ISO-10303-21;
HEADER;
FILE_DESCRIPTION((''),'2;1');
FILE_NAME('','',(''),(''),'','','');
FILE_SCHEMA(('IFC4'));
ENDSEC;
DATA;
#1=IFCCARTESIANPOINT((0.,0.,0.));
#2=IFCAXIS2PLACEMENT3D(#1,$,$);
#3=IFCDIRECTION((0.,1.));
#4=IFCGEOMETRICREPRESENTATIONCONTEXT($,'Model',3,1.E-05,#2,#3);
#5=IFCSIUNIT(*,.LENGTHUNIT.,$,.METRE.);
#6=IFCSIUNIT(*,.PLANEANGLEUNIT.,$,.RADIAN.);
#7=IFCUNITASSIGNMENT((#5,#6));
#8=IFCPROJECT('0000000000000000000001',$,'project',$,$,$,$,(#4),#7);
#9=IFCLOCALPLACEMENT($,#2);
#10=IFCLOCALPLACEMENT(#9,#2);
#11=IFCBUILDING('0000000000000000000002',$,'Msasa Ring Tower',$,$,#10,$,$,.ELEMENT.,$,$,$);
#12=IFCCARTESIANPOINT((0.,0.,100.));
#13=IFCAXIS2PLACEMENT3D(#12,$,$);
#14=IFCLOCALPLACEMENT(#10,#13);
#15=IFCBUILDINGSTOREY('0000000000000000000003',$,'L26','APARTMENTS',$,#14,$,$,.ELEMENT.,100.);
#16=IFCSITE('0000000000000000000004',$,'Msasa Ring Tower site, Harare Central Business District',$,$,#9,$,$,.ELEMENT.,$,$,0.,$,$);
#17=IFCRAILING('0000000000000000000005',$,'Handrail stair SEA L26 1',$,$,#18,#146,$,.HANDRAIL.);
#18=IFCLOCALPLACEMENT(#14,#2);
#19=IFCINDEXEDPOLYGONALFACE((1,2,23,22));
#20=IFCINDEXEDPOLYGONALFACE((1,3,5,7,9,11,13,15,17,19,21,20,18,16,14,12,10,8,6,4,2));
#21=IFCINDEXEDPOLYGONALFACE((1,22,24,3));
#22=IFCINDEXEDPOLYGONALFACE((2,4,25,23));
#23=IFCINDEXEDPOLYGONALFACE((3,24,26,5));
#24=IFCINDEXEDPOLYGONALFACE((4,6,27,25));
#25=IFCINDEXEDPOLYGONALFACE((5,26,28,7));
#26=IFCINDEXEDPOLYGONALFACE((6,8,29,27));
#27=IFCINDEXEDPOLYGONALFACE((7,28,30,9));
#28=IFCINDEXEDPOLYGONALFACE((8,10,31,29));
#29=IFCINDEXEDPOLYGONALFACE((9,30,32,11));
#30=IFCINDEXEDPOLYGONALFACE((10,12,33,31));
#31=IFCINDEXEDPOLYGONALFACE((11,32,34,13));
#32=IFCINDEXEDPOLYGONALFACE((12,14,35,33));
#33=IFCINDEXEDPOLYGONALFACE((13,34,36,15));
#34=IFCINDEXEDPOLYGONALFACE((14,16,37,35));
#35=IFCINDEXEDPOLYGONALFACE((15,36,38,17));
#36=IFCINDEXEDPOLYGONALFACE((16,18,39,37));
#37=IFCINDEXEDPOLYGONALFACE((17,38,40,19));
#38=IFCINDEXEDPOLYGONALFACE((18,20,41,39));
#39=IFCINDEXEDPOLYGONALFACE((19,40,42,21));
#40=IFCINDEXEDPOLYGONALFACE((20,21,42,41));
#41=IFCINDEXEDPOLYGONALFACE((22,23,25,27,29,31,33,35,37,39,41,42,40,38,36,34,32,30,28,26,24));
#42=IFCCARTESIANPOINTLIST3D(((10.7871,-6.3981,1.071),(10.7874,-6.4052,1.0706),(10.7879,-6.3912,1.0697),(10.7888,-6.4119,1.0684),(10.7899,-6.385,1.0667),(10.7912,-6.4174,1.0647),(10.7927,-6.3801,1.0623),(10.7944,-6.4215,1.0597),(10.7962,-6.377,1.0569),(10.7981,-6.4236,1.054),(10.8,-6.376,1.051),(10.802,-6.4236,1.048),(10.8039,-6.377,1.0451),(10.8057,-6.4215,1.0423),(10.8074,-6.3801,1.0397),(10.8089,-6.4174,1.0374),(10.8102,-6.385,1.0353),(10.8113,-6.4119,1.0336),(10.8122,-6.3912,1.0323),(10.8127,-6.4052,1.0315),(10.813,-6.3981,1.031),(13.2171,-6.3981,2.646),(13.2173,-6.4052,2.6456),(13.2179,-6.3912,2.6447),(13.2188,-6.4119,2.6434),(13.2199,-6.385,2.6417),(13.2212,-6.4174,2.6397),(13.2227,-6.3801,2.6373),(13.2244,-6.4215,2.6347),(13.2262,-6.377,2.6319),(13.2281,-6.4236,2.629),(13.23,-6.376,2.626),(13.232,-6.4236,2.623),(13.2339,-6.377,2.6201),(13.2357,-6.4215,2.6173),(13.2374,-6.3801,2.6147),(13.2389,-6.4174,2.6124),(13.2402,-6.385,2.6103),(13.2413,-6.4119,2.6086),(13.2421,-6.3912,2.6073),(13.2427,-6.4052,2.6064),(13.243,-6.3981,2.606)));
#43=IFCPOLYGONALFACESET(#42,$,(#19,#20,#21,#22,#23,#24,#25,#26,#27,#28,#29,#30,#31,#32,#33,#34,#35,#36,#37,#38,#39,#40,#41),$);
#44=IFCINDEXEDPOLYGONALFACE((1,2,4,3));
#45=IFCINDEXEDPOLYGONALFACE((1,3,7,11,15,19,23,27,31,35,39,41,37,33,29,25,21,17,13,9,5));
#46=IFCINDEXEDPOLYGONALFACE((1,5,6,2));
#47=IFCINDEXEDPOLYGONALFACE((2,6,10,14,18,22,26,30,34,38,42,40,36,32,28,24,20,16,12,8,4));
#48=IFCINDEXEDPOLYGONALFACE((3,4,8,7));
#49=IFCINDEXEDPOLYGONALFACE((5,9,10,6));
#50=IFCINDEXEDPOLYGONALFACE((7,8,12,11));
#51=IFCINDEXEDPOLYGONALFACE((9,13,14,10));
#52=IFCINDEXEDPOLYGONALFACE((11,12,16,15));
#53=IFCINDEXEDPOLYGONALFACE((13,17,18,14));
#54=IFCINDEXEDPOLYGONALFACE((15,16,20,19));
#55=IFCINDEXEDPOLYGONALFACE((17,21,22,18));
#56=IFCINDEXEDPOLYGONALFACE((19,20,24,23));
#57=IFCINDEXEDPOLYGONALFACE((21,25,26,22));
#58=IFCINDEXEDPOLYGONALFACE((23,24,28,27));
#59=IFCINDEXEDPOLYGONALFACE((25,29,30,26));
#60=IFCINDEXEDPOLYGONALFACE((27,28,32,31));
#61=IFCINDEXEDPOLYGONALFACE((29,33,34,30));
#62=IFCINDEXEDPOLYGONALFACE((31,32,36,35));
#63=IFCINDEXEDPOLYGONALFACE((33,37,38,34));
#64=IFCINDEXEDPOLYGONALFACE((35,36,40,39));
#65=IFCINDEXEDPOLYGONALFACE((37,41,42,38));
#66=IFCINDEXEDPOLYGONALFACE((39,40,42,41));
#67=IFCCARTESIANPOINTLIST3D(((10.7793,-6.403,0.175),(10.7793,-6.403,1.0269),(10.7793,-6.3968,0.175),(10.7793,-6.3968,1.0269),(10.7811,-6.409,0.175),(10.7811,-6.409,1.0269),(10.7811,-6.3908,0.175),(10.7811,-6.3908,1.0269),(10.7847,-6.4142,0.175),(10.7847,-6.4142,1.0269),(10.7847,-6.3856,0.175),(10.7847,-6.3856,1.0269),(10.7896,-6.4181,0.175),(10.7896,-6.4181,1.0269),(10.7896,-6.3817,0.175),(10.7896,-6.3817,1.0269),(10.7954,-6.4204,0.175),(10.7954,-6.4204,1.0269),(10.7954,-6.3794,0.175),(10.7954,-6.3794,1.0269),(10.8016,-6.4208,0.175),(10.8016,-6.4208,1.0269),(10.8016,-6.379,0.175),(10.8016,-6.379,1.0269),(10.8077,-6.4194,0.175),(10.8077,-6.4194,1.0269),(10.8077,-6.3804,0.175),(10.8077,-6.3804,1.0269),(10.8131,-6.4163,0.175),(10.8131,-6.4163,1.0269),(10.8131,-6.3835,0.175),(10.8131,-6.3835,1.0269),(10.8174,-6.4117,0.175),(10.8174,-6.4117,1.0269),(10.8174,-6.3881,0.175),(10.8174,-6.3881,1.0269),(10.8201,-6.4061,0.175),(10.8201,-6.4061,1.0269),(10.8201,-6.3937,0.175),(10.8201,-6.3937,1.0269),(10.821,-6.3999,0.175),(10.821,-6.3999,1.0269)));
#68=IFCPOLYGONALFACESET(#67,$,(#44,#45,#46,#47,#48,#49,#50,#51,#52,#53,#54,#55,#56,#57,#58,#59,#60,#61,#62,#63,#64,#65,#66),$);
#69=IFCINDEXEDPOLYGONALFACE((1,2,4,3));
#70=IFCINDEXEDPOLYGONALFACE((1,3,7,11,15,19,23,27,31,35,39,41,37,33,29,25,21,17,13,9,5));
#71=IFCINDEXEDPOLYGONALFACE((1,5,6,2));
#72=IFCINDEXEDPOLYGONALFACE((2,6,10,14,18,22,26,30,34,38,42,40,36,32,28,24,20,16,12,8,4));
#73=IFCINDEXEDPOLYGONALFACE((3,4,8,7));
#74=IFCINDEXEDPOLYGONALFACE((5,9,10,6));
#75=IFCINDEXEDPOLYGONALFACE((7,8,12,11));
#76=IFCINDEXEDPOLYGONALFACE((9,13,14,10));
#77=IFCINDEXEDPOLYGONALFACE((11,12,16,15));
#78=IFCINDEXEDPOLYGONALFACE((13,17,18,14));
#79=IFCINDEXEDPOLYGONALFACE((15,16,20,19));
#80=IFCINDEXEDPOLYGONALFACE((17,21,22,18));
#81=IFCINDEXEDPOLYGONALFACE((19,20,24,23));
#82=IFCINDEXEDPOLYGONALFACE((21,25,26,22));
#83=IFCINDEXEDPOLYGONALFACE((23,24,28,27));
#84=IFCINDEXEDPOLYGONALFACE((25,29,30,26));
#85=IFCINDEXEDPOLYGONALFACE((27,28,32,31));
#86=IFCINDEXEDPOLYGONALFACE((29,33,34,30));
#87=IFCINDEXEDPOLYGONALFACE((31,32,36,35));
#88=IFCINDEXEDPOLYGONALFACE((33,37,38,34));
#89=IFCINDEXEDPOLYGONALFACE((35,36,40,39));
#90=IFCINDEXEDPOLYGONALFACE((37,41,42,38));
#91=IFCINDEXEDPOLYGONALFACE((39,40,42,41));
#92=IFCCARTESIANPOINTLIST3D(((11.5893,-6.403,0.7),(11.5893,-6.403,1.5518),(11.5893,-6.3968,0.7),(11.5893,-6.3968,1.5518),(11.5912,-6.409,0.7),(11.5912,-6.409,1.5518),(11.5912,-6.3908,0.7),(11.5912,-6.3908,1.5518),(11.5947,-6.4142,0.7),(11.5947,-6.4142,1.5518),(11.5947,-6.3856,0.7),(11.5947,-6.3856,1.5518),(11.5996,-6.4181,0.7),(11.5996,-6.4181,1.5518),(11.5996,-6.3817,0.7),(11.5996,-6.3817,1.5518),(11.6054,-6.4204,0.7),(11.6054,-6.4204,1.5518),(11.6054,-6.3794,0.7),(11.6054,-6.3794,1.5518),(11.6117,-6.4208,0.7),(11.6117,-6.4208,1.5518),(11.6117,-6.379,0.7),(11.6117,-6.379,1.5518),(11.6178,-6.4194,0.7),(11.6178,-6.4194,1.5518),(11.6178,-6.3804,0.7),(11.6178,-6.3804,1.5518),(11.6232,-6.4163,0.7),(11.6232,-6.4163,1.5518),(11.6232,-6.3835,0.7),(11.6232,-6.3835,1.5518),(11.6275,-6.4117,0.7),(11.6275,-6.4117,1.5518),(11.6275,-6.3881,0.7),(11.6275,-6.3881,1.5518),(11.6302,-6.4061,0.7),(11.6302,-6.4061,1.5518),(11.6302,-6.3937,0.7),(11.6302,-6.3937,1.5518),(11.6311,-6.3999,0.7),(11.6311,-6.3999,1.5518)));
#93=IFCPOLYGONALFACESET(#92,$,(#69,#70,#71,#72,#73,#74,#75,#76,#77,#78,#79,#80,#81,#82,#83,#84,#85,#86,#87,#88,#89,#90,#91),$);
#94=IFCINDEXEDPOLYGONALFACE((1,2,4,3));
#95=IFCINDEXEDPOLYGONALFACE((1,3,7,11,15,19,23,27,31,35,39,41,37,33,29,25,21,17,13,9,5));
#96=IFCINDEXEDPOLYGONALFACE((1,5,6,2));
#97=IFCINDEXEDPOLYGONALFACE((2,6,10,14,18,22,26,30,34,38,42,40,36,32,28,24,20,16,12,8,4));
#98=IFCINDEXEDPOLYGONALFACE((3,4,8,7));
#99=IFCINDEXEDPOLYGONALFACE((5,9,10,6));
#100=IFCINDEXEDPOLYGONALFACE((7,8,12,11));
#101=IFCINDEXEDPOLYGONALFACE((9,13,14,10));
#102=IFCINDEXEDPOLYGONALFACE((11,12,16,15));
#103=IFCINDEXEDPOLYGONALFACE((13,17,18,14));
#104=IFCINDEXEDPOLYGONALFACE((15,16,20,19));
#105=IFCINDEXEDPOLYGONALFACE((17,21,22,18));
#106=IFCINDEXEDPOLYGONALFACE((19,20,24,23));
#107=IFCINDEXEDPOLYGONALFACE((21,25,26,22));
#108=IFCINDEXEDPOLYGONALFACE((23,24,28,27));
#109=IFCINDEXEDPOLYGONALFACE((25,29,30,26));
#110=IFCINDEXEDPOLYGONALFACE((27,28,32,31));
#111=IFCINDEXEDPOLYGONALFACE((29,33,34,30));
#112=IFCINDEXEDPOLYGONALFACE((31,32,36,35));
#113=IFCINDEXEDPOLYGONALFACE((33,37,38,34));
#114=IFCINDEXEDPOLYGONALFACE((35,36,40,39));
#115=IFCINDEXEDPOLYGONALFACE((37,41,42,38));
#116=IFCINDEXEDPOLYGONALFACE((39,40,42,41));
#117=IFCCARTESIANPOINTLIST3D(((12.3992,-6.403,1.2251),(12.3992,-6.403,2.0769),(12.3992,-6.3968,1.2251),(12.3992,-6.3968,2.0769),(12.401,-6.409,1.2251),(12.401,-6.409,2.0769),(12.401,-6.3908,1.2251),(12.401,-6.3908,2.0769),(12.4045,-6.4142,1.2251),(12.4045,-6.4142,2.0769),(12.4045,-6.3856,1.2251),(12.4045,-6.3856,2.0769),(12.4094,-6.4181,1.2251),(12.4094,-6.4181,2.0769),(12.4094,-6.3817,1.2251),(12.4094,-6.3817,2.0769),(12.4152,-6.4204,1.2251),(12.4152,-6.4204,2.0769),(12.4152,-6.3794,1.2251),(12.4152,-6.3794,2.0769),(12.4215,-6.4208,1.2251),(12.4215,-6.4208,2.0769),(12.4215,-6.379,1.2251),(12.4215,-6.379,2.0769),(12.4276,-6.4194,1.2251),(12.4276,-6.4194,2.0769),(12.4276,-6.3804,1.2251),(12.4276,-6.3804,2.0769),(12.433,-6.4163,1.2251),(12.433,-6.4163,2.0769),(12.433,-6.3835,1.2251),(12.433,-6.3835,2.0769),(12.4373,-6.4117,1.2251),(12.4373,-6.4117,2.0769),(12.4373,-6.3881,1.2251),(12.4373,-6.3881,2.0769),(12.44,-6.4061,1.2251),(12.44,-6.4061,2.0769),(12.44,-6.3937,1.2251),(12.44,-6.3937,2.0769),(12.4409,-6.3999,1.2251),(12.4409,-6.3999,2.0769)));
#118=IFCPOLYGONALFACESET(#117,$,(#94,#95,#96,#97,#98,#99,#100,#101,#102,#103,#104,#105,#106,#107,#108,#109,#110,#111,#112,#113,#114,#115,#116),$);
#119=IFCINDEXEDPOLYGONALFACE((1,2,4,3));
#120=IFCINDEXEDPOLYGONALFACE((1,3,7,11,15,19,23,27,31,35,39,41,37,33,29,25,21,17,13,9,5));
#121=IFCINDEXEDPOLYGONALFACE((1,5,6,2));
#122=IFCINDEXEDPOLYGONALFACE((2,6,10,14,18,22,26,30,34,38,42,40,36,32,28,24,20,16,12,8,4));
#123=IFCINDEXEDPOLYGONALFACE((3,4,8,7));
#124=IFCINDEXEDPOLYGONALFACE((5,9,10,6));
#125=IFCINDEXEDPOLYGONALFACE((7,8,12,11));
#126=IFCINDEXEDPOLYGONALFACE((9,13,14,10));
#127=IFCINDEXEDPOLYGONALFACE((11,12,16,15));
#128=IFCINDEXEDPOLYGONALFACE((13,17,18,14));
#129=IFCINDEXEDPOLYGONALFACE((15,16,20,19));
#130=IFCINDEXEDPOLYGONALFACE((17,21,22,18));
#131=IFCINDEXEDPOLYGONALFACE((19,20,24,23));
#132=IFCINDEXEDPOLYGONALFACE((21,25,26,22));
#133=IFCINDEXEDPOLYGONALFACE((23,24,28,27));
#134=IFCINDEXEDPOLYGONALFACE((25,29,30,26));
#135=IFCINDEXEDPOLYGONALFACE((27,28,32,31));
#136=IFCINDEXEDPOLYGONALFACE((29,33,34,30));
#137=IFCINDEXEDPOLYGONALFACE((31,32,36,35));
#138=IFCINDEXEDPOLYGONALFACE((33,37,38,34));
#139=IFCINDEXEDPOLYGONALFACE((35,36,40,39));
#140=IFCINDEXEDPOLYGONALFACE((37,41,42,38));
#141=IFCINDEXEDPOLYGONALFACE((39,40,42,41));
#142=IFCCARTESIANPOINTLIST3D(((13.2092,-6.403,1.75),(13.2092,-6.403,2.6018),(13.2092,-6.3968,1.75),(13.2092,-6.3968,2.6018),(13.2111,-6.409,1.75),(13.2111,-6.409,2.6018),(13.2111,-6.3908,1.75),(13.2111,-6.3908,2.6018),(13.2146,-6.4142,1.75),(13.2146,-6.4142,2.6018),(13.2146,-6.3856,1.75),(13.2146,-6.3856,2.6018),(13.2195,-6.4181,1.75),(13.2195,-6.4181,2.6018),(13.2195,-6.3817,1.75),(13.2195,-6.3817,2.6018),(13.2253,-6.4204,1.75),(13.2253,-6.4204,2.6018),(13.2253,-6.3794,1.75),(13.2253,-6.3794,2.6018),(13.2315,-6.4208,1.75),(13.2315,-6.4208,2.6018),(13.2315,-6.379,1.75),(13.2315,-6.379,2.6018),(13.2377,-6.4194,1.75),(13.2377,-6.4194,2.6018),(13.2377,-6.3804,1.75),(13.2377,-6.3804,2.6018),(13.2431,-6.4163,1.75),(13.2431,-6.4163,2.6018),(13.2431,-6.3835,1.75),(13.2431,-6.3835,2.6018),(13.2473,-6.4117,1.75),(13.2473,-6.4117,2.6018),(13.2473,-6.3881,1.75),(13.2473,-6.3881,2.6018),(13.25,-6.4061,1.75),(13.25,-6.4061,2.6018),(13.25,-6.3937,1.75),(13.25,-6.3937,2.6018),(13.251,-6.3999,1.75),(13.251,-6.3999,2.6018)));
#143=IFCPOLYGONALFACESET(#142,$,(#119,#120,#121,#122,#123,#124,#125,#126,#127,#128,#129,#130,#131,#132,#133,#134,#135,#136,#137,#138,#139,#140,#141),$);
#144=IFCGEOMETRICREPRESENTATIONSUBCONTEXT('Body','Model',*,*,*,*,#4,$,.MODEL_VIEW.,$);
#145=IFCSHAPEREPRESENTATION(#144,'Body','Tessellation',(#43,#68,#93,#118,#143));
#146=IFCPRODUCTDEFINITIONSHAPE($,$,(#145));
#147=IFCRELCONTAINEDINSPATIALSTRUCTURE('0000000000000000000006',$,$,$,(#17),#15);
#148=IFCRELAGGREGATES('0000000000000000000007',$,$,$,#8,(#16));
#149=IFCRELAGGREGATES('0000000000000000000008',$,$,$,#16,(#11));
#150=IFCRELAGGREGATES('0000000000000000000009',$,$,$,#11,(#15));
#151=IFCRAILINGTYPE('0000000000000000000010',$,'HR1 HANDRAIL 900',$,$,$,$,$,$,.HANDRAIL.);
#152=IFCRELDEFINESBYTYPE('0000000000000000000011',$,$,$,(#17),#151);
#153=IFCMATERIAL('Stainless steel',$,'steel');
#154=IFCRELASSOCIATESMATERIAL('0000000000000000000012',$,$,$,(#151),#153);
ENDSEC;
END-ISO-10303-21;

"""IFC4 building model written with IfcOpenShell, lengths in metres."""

from ifc_helpers import new_model, si_unit, direction, frame, origin, origin_2d, place, context, subcontext, project, spatial, circle, extrude, material, type_object, element, save


model = new_model("IFC4")

# Units and contexts
model_context = context("Model", 3, precision=1e-05, world=origin(), true_north=direction((0.0, 1.0)))
body_context = subcontext(model_context, "Body", "Model", "MODEL_VIEW")
ifc_project = project(units=[si_unit("LENGTHUNIT", "METRE"), si_unit("PLANEANGLEUNIT", "RADIAN")], contexts=[model_context])

# Site, building, storey
site_placement = place(None, origin())
site = spatial("IfcSite", under=ifc_project, at=site_placement, Name="Msasa Ring Tower site, Harare Central Business District", CompositionType="ELEMENT", RefElevation=0.0)
building_placement = place(site_placement, origin())
building = spatial("IfcBuilding", under=site, at=building_placement, Name="Msasa Ring Tower", CompositionType="ELEMENT")
storey_placement = place(building_placement, frame((0.0, 0.0, 100.0)))
storey = spatial("IfcBuildingStorey", under=building, at=storey_placement, Name="L26", Description="APARTMENTS", CompositionType="ELEMENT", Elevation=100.0)

# Railing
ifc_material_1 = material(Name="Stainless steel", Category="steel")
railing_type = type_object("IfcRailingType", Name="HR1 HANDRAIL 900", PredefinedType="HANDRAIL", material=ifc_material_1)
for number, where, name in (
    (1, (10.8, -6.3999, 0.175), "Handrail stair SEA L26 1"),
):
    element("IfcRailing", number, at=place(storey_placement, frame(where)), inside=storey, type_object=railing_type, Name=name, PredefinedType="HANDRAIL", context=body_context, shape_type="SweptSolid", body=[
        extrude(circle(Radius=0.0239, at=origin_2d()), frame((0.0, 0.0, 0.876), z_axis=(0.839154, 0.0, 0.543894), x_axis=(0.0, 1.0, 0.0)), (0.0, 0.0, 1.0), 2.8958),
        extrude(circle(Radius=0.021, at=origin_2d()), origin(), (0.0, 0.0, 1.0), 0.8518),
        extrude(circle(Radius=0.021, at=origin_2d()), frame((0.8101, 0.0, 0.5249)), (0.0, 0.0, 1.0), 0.8518),
        extrude(circle(Radius=0.021, at=origin_2d()), frame((1.6199, 0.0, 1.05)), (0.0, 0.0, 1.0), 0.8518),
        extrude(circle(Radius=0.021, at=origin_2d()), frame((2.4299, 0.0, 1.575)), (0.0, 0.0, 1.0), 0.8518),
    ])

save(model, "model.ifc")
